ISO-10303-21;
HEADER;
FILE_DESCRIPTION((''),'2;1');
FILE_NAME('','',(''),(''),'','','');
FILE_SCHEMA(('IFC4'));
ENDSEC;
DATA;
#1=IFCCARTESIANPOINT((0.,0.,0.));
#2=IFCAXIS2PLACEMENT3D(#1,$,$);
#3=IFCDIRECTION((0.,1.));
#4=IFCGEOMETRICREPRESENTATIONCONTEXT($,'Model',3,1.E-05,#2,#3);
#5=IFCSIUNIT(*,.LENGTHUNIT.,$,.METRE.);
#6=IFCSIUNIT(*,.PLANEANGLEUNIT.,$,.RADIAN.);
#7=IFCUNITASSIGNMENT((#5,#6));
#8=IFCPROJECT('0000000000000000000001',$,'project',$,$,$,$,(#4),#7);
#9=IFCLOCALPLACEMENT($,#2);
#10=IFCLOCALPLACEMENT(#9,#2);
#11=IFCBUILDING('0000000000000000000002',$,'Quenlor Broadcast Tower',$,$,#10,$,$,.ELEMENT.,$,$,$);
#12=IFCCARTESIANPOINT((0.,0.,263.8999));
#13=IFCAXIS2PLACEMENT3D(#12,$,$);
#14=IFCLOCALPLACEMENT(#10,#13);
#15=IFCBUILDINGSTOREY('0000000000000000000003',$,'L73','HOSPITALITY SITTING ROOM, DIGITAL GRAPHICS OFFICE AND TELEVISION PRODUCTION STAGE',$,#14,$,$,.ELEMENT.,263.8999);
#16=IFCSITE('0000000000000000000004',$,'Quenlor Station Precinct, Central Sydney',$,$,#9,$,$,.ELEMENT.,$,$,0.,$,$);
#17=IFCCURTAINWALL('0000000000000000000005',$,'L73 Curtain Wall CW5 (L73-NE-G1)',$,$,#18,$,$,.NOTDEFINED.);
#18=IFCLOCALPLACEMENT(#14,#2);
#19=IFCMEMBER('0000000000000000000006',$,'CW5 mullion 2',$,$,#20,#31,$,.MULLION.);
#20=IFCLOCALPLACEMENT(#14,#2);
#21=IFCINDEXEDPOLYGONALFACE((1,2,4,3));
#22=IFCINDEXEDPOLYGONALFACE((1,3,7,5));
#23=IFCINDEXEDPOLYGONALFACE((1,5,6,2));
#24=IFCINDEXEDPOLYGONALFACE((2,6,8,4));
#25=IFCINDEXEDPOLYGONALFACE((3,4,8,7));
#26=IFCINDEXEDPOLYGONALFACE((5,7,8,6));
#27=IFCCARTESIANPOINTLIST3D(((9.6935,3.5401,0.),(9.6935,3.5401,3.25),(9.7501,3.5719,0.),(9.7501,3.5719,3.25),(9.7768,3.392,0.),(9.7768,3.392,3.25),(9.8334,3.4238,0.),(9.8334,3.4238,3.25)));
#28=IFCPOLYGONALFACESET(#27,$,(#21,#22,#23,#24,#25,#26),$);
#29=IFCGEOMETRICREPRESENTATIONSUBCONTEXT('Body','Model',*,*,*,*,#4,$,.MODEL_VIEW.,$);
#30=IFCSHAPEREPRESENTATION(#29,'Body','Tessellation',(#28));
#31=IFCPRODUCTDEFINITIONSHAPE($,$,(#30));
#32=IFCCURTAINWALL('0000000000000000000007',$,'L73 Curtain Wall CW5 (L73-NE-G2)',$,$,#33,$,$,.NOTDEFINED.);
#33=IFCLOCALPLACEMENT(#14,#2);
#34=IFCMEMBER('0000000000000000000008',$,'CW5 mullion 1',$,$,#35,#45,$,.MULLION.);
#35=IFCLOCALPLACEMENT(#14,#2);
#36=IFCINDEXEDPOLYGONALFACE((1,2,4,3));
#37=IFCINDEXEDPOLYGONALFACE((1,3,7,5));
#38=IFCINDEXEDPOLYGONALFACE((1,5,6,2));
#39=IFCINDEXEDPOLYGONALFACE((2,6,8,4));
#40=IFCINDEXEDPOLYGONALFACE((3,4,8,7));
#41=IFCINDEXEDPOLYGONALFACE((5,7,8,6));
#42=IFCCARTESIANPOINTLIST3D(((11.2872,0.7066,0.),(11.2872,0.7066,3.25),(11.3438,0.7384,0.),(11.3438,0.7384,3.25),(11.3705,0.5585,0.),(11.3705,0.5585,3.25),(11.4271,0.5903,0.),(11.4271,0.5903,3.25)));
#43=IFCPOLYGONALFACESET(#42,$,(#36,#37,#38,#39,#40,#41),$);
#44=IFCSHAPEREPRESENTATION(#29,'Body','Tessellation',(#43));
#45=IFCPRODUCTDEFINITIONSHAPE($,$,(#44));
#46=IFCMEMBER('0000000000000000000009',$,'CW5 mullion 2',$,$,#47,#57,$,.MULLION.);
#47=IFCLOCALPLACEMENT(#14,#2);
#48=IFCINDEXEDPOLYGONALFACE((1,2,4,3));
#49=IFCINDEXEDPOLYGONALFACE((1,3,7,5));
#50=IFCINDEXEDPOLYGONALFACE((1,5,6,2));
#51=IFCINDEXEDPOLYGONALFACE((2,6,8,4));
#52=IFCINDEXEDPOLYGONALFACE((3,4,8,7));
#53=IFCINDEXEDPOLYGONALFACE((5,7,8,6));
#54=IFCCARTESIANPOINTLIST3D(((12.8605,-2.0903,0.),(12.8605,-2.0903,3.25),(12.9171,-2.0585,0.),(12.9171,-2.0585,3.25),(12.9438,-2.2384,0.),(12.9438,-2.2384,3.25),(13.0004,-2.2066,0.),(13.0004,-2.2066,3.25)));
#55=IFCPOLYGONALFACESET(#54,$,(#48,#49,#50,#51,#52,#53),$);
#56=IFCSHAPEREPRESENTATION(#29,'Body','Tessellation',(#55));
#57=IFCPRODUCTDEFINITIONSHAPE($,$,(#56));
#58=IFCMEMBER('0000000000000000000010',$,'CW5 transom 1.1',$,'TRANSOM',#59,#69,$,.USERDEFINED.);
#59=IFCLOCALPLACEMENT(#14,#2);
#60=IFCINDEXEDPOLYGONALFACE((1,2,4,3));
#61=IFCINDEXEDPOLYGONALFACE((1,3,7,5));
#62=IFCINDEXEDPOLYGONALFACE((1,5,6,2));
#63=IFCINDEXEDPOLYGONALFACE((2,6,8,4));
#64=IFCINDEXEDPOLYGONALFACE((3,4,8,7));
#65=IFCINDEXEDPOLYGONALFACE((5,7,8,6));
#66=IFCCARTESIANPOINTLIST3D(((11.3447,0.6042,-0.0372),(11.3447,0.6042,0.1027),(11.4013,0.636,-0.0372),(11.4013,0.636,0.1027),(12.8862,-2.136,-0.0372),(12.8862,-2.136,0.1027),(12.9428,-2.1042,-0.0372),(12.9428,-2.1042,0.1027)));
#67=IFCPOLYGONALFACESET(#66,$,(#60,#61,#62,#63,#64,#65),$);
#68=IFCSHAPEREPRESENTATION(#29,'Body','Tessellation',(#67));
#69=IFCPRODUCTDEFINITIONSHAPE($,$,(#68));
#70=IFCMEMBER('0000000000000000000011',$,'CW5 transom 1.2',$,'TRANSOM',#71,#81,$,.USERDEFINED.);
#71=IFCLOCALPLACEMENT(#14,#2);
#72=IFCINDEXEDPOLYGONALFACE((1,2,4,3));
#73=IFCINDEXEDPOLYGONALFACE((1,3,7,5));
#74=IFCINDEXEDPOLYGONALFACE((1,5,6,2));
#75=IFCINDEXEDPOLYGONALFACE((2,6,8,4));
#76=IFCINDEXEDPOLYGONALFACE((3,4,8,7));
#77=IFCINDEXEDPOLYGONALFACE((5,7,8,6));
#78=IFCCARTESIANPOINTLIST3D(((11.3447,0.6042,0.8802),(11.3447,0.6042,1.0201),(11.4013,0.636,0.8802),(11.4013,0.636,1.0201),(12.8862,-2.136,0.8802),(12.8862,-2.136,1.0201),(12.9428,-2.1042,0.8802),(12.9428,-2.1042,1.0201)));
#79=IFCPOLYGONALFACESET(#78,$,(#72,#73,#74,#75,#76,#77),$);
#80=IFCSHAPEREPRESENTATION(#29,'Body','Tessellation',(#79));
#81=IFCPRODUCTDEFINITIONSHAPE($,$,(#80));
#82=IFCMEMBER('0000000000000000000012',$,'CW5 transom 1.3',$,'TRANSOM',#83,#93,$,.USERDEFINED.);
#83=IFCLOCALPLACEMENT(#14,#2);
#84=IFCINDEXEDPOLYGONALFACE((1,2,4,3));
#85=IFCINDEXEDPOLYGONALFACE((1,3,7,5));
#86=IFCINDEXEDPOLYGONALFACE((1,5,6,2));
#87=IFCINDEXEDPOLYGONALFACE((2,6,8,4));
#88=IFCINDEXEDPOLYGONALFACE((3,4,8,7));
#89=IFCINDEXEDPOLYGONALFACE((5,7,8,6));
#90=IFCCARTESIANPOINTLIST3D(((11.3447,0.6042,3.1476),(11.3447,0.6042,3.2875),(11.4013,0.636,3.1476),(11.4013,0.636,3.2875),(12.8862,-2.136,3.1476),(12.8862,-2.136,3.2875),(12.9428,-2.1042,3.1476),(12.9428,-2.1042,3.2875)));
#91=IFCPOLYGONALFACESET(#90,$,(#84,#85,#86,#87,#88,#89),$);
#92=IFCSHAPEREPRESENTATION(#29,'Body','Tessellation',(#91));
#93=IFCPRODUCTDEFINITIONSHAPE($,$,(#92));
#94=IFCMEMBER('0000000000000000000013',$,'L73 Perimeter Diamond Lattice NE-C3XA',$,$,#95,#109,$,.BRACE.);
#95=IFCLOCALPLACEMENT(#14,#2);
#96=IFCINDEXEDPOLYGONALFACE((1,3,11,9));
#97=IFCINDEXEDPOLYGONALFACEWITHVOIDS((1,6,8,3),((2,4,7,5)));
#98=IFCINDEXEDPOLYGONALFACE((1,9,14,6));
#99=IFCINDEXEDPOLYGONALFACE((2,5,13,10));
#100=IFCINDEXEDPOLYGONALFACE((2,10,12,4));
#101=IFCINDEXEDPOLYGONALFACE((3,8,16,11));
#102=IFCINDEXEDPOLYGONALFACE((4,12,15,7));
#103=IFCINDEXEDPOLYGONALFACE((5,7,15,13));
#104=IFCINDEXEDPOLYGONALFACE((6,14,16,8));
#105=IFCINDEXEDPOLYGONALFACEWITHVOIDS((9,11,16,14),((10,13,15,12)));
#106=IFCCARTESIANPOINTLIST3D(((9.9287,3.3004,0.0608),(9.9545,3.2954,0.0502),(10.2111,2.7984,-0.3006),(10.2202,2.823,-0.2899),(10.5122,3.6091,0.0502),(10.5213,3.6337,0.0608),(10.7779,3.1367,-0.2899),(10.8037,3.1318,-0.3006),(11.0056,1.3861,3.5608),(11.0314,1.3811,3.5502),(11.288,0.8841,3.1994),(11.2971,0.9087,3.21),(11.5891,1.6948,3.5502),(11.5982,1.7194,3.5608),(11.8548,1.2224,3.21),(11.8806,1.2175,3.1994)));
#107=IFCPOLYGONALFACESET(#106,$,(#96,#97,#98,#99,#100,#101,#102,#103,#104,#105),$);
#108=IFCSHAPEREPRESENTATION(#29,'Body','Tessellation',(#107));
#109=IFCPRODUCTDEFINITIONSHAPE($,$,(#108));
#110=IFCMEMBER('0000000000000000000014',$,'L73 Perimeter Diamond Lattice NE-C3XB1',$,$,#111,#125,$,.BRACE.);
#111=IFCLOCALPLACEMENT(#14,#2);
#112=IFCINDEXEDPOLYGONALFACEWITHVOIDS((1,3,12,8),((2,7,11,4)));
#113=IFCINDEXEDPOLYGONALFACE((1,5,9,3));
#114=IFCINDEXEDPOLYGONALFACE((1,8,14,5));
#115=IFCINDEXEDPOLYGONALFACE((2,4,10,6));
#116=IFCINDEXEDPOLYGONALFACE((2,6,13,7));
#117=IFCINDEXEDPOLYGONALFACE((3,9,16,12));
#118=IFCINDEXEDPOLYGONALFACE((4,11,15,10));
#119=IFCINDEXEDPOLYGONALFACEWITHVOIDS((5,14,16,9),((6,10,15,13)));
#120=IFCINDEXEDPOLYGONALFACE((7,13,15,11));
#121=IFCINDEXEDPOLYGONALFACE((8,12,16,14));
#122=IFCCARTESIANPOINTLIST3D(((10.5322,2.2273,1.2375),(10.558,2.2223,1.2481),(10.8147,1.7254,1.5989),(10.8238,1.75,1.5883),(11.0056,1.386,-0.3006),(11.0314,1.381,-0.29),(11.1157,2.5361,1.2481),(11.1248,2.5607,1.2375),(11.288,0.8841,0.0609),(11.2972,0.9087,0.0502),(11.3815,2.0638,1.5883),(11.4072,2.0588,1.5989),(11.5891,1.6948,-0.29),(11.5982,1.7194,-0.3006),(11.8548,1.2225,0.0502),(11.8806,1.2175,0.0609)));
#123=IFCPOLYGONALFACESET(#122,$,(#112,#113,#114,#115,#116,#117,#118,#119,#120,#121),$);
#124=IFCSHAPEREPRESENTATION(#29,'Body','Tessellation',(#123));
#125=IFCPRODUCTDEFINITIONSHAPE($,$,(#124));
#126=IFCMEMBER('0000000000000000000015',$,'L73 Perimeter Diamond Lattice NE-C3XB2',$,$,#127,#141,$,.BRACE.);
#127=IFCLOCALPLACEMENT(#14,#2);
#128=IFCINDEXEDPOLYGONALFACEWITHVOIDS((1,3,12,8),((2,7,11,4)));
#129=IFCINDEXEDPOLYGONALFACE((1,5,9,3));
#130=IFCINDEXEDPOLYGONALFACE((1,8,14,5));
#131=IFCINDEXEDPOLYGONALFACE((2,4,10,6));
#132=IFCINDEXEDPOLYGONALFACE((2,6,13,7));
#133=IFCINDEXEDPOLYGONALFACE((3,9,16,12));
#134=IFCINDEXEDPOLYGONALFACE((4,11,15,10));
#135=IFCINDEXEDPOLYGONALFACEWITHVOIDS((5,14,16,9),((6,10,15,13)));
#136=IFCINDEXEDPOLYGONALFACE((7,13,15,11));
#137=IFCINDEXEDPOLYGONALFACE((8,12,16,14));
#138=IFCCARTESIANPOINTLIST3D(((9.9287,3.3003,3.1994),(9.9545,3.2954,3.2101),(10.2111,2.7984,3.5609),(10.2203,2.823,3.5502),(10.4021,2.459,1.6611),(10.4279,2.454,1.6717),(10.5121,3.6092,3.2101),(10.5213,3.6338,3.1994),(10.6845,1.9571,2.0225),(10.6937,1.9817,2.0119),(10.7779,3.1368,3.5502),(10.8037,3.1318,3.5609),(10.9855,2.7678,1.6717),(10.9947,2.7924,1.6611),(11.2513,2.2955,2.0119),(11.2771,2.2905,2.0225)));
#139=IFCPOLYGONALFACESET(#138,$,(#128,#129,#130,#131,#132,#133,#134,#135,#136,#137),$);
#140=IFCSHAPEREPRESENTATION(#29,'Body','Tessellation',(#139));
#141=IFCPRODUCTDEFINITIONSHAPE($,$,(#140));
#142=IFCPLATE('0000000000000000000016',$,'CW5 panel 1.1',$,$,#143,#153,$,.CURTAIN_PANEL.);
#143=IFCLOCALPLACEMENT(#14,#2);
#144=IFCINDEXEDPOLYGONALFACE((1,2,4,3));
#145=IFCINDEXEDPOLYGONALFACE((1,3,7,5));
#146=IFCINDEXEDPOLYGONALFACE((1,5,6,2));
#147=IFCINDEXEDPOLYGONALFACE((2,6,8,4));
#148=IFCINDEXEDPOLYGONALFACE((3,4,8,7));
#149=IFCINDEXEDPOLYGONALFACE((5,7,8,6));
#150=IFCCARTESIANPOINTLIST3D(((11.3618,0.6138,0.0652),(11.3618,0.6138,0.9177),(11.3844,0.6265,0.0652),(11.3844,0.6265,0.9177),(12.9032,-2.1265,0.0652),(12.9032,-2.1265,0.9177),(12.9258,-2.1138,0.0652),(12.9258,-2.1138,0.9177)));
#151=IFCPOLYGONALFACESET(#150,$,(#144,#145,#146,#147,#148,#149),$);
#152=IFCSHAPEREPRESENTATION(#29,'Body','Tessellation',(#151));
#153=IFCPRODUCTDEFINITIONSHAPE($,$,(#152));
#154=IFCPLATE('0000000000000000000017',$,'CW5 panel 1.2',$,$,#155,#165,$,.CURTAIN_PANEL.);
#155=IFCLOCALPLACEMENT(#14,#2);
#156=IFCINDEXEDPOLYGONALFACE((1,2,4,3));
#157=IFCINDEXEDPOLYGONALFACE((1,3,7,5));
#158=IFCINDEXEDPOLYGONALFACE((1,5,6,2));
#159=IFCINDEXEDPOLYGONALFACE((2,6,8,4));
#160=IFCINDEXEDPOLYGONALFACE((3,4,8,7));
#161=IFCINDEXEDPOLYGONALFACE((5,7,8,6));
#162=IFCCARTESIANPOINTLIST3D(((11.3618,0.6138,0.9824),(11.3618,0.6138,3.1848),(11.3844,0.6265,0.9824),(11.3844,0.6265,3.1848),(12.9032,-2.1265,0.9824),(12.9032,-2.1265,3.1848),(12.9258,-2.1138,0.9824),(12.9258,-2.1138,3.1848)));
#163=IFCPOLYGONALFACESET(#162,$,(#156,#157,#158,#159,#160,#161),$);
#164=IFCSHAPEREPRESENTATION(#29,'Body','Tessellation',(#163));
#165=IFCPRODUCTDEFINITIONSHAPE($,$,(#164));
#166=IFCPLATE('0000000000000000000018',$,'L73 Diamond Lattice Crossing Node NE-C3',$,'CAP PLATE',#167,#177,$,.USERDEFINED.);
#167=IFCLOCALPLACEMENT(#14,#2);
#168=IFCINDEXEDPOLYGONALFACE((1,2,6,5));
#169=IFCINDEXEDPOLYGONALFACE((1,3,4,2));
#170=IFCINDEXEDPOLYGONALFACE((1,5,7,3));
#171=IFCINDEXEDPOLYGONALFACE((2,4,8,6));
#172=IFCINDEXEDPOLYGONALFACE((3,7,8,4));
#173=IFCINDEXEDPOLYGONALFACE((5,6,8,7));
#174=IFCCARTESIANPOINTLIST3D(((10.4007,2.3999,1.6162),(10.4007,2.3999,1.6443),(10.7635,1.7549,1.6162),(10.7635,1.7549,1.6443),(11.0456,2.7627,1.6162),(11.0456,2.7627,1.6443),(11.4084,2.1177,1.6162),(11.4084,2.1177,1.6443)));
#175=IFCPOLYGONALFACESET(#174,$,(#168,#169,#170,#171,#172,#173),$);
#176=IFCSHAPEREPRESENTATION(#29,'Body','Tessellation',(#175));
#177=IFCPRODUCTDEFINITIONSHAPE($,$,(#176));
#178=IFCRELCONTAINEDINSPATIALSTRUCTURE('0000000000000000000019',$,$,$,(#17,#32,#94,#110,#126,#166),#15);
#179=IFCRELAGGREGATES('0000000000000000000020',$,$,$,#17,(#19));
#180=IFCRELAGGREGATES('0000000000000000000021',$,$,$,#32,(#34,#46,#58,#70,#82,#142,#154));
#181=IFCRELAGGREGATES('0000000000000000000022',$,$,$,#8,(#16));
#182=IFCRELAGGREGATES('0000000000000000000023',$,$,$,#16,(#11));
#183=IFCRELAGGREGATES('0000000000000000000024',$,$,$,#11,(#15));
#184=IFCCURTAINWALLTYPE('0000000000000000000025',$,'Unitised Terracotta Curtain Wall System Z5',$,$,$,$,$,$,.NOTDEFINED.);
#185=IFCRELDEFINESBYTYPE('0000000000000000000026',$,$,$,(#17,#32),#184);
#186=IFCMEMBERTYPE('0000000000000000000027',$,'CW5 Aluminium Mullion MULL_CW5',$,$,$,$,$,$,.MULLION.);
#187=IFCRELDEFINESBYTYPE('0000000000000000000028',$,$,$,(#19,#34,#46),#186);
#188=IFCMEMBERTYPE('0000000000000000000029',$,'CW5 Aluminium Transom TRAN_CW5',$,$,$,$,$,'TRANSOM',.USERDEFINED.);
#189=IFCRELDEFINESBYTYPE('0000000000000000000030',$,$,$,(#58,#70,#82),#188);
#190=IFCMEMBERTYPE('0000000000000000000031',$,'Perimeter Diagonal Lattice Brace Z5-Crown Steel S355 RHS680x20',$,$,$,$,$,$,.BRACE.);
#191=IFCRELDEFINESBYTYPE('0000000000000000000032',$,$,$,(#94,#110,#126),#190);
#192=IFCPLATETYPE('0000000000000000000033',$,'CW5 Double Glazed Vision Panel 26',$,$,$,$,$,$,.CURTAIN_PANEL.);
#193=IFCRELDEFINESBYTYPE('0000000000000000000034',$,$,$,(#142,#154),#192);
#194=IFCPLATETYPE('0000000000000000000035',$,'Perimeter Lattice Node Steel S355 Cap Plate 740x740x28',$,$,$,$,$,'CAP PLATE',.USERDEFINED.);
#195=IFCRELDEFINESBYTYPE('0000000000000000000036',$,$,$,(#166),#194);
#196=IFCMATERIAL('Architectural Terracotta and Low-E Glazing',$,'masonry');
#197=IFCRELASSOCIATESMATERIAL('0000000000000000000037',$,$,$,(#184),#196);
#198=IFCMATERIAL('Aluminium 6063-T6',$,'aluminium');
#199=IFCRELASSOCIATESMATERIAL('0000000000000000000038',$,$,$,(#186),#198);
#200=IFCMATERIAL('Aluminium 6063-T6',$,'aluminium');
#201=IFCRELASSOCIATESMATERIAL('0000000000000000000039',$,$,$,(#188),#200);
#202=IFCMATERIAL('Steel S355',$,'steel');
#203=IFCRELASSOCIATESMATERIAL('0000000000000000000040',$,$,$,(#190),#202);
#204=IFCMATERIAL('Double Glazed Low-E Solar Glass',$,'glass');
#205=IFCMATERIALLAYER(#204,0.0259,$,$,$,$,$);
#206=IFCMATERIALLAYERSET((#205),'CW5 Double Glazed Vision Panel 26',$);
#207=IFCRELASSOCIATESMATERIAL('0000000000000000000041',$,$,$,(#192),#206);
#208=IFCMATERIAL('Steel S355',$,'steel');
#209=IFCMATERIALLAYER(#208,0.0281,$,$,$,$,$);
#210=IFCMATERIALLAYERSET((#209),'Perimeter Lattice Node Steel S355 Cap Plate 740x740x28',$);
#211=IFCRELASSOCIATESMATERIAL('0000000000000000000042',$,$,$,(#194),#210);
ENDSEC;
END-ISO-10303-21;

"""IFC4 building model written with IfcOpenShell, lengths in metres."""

from ifc_helpers import new_model, si_unit, direction, frame, origin, origin_2d, place, context, subcontext, project, spatial, rectangle, hollow_rectangle, extrude, material, layer, layer_set, material_profile, profile_set, type_object, element, aggregate, save


model = new_model("IFC4")

# Units and contexts
model_context = context("Model", 3, precision=1e-05, world=origin(), true_north=direction((0.0, 1.0)))
body_context = subcontext(model_context, "Body", "Model", "MODEL_VIEW")
ifc_project = project(units=[si_unit("LENGTHUNIT", "METRE"), si_unit("PLANEANGLEUNIT", "RADIAN")], contexts=[model_context])

# Site, building, storey
site_placement = place(None, origin())
site = spatial("IfcSite", under=ifc_project, at=site_placement, Name="Quenlor Station Precinct, Central Sydney", CompositionType="ELEMENT", RefElevation=0.0)
building_placement = place(site_placement, origin())
building = spatial("IfcBuilding", under=site, at=building_placement, Name="Quenlor Broadcast Tower", CompositionType="ELEMENT")
storey_placement = place(building_placement, frame((0.0, 0.0, 263.8999)))
storey = spatial("IfcBuildingStorey", under=building, at=storey_placement, Name="L73", Description="HOSPITALITY SITTING ROOM, DIGITAL GRAPHICS OFFICE AND TELEVISION PRODUCTION STAGE", CompositionType="ELEMENT", Elevation=263.8999)

# Curtain wall, member
ifc_material_1 = material(Name="Architectural Terracotta and Low-E Glazing", Category="masonry")
curtain_wall_type = type_object("IfcCurtainWallType", Name="Unitised Terracotta Curtain Wall System Z5", PredefinedType="NOTDEFINED", material=ifc_material_1)
curtain_wall_1_placement = place(storey_placement, origin())
curtain_wall_1 = element("IfcCurtainWall", 1, at=curtain_wall_1_placement, inside=storey, type_object=curtain_wall_type, Name="L73 Curtain Wall CW5 (L73-NE-G1)", PredefinedType="NOTDEFINED")
ifc_material_2 = material(Name="Aluminium 6063-T6", Category="aluminium")
ifc_material_profile_1 = material_profile(ifc_material_2, rectangle(XDim=0.0649, YDim=0.1699, at=origin_2d()))
ifc_profile_set_1 = profile_set([ifc_material_profile_1], Name="Aluminium 6063-T6 MULL65x170")
member_type_1 = type_object("IfcMemberType", Name="CW5 Aluminium Mullion MULL_CW5", PredefinedType="MULLION", material=ifc_profile_set_1)
member_1_placement = place(storey_placement, frame((9.7634, 3.4819, 0.0), z_axis=(0.0, 0.0, 1.0), x_axis=(0.871575, 0.490263, 0.0)))
member_1 = element("IfcMember", 2, at=member_1_placement, type_object=member_type_1, Name="CW5 mullion 2", PredefinedType="MULLION", context=body_context, shape_type="SweptSolid", body=[
    extrude(rectangle(XDim=0.0649, YDim=0.1699, at=origin_2d()), origin(), (0.0, 0.0, 1.0), 3.25),
])
aggregate(curtain_wall_1, [member_1])

# Curtain wall, members
curtain_wall_2_placement = place(storey_placement, origin())
curtain_wall_2 = element("IfcCurtainWall", 3, at=curtain_wall_2_placement, inside=storey, type_object=curtain_wall_type, Name="L73 Curtain Wall CW5 (L73-NE-G2)", PredefinedType="NOTDEFINED")
member_2_placement = place(storey_placement, frame((11.3572, 0.6484, 0.0), z_axis=(0.0, 0.0, 1.0), x_axis=(0.871575, 0.490263, 0.0)))
member_2 = element("IfcMember", 4, at=member_2_placement, type_object=member_type_1, Name="CW5 mullion 1", PredefinedType="MULLION", context=body_context, shape_type="SweptSolid", body=[
    extrude(rectangle(XDim=0.0649, YDim=0.1699, at=origin_2d()), origin(), (0.0, 0.0, 1.0), 3.25),
])
member_3_placement = place(storey_placement, frame((12.9304, -2.1484, 0.0), z_axis=(0.0, 0.0, 1.0), x_axis=(0.871575, 0.490263, 0.0)))
member_3 = element("IfcMember", 5, at=member_3_placement, type_object=member_type_1, Name="CW5 mullion 2", PredefinedType="MULLION", context=body_context, shape_type="SweptSolid", body=[
    extrude(rectangle(XDim=0.0649, YDim=0.1699, at=origin_2d()), origin(), (0.0, 0.0, 1.0), 3.25),
])
ifc_material_3 = material(Name="Aluminium 6063-T6", Category="aluminium")
ifc_material_profile_2 = material_profile(ifc_material_3, rectangle(XDim=0.0649, YDim=0.1399, at=origin_2d()))
ifc_profile_set_2 = profile_set([ifc_material_profile_2], Name="Aluminium 6063-T6 TRAN65x140")
member_type_2 = type_object("IfcMemberType", Name="CW5 Aluminium Transom TRAN_CW5", ElementType="TRANSOM", PredefinedType="USERDEFINED", material=ifc_profile_set_2)
member_4_placement = place(storey_placement, frame((11.373, 0.6201, 0.0327), z_axis=(0.490291, -0.871559, 0.0), x_axis=(0.871559, 0.490291, 0.0)))
member_4 = element("IfcMember", 6, at=member_4_placement, type_object=member_type_2, Name="CW5 transom 1.1", ObjectType="TRANSOM", PredefinedType="USERDEFINED", context=body_context, shape_type="SweptSolid", body=[
    extrude(rectangle(XDim=0.0649, YDim=0.1399, at=origin_2d()), origin(), (0.0, 0.0, 1.0), 3.144),
])
member_5_placement = place(storey_placement, frame((11.373, 0.6201, 0.9502), z_axis=(0.490291, -0.871559, 0.0), x_axis=(0.871559, 0.490291, 0.0)))
member_5 = element("IfcMember", 7, at=member_5_placement, type_object=member_type_2, Name="CW5 transom 1.2", ObjectType="TRANSOM", PredefinedType="USERDEFINED", context=body_context, shape_type="SweptSolid", body=[
    extrude(rectangle(XDim=0.0649, YDim=0.1399, at=origin_2d()), origin(), (0.0, 0.0, 1.0), 3.144),
])
member_6_placement = place(storey_placement, frame((11.373, 0.6201, 3.2175), z_axis=(0.490291, -0.871559, 0.0), x_axis=(0.871559, 0.490291, 0.0)))
member_6 = element("IfcMember", 8, at=member_6_placement, type_object=member_type_2, Name="CW5 transom 1.3", ObjectType="TRANSOM", PredefinedType="USERDEFINED", context=body_context, shape_type="SweptSolid", body=[
    extrude(rectangle(XDim=0.0649, YDim=0.1399, at=origin_2d()), origin(), (0.0, 0.0, 1.0), 3.144),
])

# Members
ifc_material_4 = material(Name="Steel S355", Category="steel")
ifc_material_profile_3 = material_profile(ifc_material_4, hollow_rectangle(XDim=0.6799, YDim=0.6799, WallThickness=0.02, at=origin_2d()))
ifc_profile_set_3 = profile_set([ifc_material_profile_3], Name="Steel S355 RHS680x680x20")
member_type_3 = type_object("IfcMemberType", Name="Perimeter Diagonal Lattice Brace Z5-Crown Steel S355 RHS680x20", PredefinedType="BRACE", material=ifc_profile_set_3)
member_7_placement = place(storey_placement, frame((10.3662, 3.2161, -0.1199), z_axis=(0.260619, -0.463276, 0.847026), x_axis=(0.871555, 0.490298, 0.0)))
element("IfcMember", 9, at=member_7_placement, inside=storey, type_object=member_type_3, Name="L73 Perimeter Diamond Lattice NE-C3XA", PredefinedType="BRACE", context=body_context, shape_type="SweptSolid", body=[
    extrude(hollow_rectangle(XDim=0.6799, YDim=0.6799, WallThickness=0.02, at=origin_2d()), origin(), (0.0, 0.0, 1.0), 4.1321),
])
member_8_placement = place(storey_placement, frame((11.4431, 1.3018, -0.1199), z_axis=(-0.260686, 0.463293, 0.846996), x_axis=(-0.871508, -0.490381, 0.0)))
element("IfcMember", 10, at=member_8_placement, inside=storey, type_object=member_type_3, Name="L73 Perimeter Diamond Lattice NE-C3XB1", PredefinedType="BRACE", context=body_context, shape_type="SweptSolid", body=[
    extrude(hollow_rectangle(XDim=0.6799, YDim=0.6799, WallThickness=0.02, at=origin_2d()), origin(), (0.0, 0.0, 1.0), 1.8159),
])
member_9_placement = place(storey_placement, frame((10.8396, 2.3748, 1.8418), z_axis=(-0.260657, 0.463241, 0.847034), x_axis=(-0.871508, -0.490381, 0.0)))
element("IfcMember", 11, at=member_9_placement, inside=storey, type_object=member_type_3, Name="L73 Perimeter Diamond Lattice NE-C3XB2", PredefinedType="BRACE", context=body_context, shape_type="SweptSolid", body=[
    extrude(hollow_rectangle(XDim=0.6799, YDim=0.6799, WallThickness=0.02, at=origin_2d()), origin(), (0.0, 0.0, 1.0), 1.8162),
])

# Plates
ifc_material_5 = material(Name="Double Glazed Low-E Solar Glass", Category="glass")
ifc_layer_1 = layer(ifc_material_5, 0.0259)
ifc_layer_set_1 = layer_set([ifc_layer_1], Name="CW5 Double Glazed Vision Panel 26")
plate_type_1 = type_object("IfcPlateType", Name="CW5 Double Glazed Vision Panel 26", PredefinedType="CURTAIN_PANEL", material=ifc_layer_set_1)
plate_1_placement = place(storey_placement, frame((12.1438, -0.75, 0.0652), z_axis=(0.0, 0.0, 1.0), x_axis=(0.490263, -0.871575, 0.0)))
plate_1 = element("IfcPlate", 12, at=plate_1_placement, type_object=plate_type_1, Name="CW5 panel 1.1", PredefinedType="CURTAIN_PANEL", context=body_context, shape_type="SweptSolid", body=[
    extrude(rectangle(XDim=3.144, YDim=0.0259, at=origin_2d()), origin(), (0.0, 0.0, 1.0), 0.8525),
])
plate_2_placement = place(storey_placement, frame((12.1438, -0.75, 0.9824), z_axis=(0.0, 0.0, 1.0), x_axis=(0.490263, -0.871575, 0.0)))
plate_2 = element("IfcPlate", 13, at=plate_2_placement, type_object=plate_type_1, Name="CW5 panel 1.2", PredefinedType="CURTAIN_PANEL", context=body_context, shape_type="SweptSolid", body=[
    extrude(rectangle(XDim=3.144, YDim=0.0259, at=origin_2d()), origin(), (0.0, 0.0, 1.0), 2.2024),
])
aggregate(curtain_wall_2, [member_2, member_3, member_4, member_5, member_6, plate_1, plate_2])

# Plate
ifc_material_6 = material(Name="Steel S355", Category="steel")
ifc_layer_2 = layer(ifc_material_6, 0.0281)
ifc_layer_set_2 = layer_set([ifc_layer_2], Name="Perimeter Lattice Node Steel S355 Cap Plate 740x740x28")
plate_type_2 = type_object("IfcPlateType", Name="Perimeter Lattice Node Steel S355 Cap Plate 740x740x28", ElementType="CAP PLATE", PredefinedType="USERDEFINED", material=ifc_layer_set_2)
plate_3_placement = place(storey_placement, frame((10.9045, 2.2588, 1.6162), z_axis=(0.0, 0.0, 1.0), x_axis=(0.490295, -0.871556, 0.0)))
element("IfcPlate", 14, at=plate_3_placement, inside=storey, type_object=plate_type_2, Name="L73 Diamond Lattice Crossing Node NE-C3", ObjectType="CAP PLATE", PredefinedType="USERDEFINED", context=body_context, shape_type="SweptSolid", body=[
    extrude(rectangle(XDim=0.74, YDim=0.74, at=origin_2d()), origin(), (0.0, 0.0, 1.0), 0.0281),
])

save(model, "model.ifc")
